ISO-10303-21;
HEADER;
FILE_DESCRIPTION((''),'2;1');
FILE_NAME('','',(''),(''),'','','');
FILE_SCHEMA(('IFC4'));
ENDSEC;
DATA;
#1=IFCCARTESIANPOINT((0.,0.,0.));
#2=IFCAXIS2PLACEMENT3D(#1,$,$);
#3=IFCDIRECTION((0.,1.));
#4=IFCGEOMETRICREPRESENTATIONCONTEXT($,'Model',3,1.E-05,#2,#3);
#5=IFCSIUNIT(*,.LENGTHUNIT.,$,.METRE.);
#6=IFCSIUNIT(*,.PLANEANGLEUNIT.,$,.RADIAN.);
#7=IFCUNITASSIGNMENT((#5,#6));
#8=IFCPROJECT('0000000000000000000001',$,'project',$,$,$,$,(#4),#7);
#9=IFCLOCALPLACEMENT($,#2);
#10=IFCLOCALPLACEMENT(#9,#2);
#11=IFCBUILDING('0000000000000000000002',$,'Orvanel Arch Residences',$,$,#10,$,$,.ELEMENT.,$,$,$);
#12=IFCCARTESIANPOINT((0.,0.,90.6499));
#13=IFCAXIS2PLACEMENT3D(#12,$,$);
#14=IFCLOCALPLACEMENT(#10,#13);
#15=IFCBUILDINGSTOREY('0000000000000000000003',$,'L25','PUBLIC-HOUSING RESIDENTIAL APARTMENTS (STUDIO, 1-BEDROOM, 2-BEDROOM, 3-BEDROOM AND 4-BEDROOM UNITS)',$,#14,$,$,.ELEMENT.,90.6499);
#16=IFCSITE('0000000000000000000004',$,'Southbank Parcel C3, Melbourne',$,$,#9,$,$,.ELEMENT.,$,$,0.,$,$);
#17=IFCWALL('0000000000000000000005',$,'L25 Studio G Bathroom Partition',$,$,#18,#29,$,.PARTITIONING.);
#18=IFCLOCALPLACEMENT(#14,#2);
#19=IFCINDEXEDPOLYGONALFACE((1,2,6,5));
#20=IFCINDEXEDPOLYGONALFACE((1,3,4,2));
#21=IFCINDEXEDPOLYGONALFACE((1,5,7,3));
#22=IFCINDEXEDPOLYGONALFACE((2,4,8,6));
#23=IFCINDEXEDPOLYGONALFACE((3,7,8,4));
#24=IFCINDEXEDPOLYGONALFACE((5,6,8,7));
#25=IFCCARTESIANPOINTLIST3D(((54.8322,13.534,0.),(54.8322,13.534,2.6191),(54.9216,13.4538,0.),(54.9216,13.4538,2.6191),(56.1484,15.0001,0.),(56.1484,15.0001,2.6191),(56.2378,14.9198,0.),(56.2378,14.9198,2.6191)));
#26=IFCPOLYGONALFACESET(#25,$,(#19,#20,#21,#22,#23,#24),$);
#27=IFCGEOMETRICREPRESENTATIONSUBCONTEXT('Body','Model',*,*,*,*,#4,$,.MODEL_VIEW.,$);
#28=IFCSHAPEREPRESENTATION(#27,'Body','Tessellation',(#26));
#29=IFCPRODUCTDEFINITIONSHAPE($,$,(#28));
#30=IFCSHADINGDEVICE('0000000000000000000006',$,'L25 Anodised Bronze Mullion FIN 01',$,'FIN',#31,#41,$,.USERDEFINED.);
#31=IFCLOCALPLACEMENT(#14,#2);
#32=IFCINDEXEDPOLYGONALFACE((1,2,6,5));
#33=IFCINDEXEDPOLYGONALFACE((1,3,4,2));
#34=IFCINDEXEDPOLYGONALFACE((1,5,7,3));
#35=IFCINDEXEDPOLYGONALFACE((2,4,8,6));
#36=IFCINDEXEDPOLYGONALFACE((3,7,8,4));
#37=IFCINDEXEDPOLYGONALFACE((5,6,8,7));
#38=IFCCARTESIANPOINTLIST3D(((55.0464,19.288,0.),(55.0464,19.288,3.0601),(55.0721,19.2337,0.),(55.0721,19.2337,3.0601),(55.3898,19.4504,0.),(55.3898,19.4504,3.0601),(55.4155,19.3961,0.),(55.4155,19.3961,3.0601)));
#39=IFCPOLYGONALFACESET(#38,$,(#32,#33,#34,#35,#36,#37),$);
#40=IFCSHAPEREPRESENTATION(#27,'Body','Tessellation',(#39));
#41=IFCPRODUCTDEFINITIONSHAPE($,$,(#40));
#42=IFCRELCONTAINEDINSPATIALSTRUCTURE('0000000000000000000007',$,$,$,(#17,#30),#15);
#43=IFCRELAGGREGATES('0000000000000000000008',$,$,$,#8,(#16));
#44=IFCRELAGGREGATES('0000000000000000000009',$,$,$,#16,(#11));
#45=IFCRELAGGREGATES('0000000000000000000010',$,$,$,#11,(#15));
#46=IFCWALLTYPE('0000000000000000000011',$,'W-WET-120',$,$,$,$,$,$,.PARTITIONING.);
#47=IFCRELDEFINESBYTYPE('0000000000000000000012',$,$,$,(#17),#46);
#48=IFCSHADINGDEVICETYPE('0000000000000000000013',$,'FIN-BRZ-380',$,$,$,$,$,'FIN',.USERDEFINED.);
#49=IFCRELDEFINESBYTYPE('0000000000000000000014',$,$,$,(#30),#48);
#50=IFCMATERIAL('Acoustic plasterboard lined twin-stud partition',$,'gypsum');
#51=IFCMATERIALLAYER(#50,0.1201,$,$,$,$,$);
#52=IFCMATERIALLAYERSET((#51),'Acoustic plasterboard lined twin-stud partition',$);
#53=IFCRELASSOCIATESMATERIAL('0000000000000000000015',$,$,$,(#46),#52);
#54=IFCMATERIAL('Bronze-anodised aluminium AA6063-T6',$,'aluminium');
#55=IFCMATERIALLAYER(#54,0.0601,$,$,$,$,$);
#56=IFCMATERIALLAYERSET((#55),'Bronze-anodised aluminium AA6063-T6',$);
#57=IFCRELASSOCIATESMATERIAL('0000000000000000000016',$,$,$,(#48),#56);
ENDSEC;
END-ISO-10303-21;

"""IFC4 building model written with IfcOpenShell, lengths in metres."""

from ifc_helpers import new_model, si_unit, direction, frame, frame_2d, origin, origin_2d, place, context, subcontext, project, spatial, rectangle, extrude, material, layer, layer_set, type_object, element, save


model = new_model("IFC4")

# Units and contexts
model_context = context("Model", 3, precision=1e-05, world=origin(), true_north=direction((0.0, 1.0)))
body_context = subcontext(model_context, "Body", "Model", "MODEL_VIEW")
ifc_project = project(units=[si_unit("LENGTHUNIT", "METRE"), si_unit("PLANEANGLEUNIT", "RADIAN")], contexts=[model_context])

# Site, building, storey
site_placement = place(None, origin())
site = spatial("IfcSite", under=ifc_project, at=site_placement, Name="Southbank Parcel C3, Melbourne", CompositionType="ELEMENT", RefElevation=0.0)
building_placement = place(site_placement, origin())
building = spatial("IfcBuilding", under=site, at=building_placement, Name="Orvanel Arch Residences", CompositionType="ELEMENT")
storey_placement = place(building_placement, frame((0.0, 0.0, 90.6499)))
storey = spatial("IfcBuildingStorey", under=building, at=storey_placement, Name="L25", Description="PUBLIC-HOUSING RESIDENTIAL APARTMENTS (STUDIO, 1-BEDROOM, 2-BEDROOM, 3-BEDROOM AND 4-BEDROOM UNITS)", CompositionType="ELEMENT", Elevation=90.6499)

# Shared definitions
ifc_material_1 = material(Name="Bronze-anodised aluminium AA6063-T6", Category="aluminium")

# Shared definitions
ifc_material_2 = material(Name="Acoustic plasterboard lined twin-stud partition", Category="gypsum")
ifc_layer_1 = layer(ifc_material_2, 0.1201)
ifc_layer_set_1 = layer_set([ifc_layer_1], Name="Acoustic plasterboard lined twin-stud partition")
wall_type_1 = type_object("IfcWallType", Name="W-WET-120", PredefinedType="PARTITIONING", material=ifc_layer_set_1)

# Wall
wall_1_placement = place(storey_placement, frame((56.1931, 14.96, 0.0), z_axis=(0.0, 0.0, 1.0), x_axis=(-0.66804, -0.744125, 0.0)))
element("IfcWall", 1, at=wall_1_placement, inside=storey, type_object=wall_type_1, Name="L25 Studio G Bathroom Partition", PredefinedType="PARTITIONING", context=body_context, shape_type="SweptSolid", body=[
    extrude(rectangle(XDim=1.9702, YDim=0.1201, at=frame_2d((0.9851, 0.0))), origin(), (0.0, 0.0, 1.0), 2.6191),
])

# Shading device
ifc_layer_2 = layer(ifc_material_1, 0.0601)
ifc_layer_set_2 = layer_set([ifc_layer_2], Name="Bronze-anodised aluminium AA6063-T6")
shading_device_type = type_object("IfcShadingDeviceType", Name="FIN-BRZ-380", ElementType="FIN", PredefinedType="USERDEFINED", material=ifc_layer_set_2)
shading_device_placement = place(storey_placement, frame((55.231, 19.342, 0.0), z_axis=(0.0, 0.0, 1.0), x_axis=(0.904083, 0.427358, 0.0)))
element("IfcShadingDevice", 2, at=shading_device_placement, inside=storey, type_object=shading_device_type, Name="L25 Anodised Bronze Mullion FIN 01", ObjectType="FIN", PredefinedType="USERDEFINED", context=body_context, shape_type="SweptSolid", body=[
    extrude(rectangle(XDim=0.3799, YDim=0.0601, at=origin_2d()), origin(), (0.0, 0.0, 1.0), 3.0601),
])

save(model, "model.ifc")
